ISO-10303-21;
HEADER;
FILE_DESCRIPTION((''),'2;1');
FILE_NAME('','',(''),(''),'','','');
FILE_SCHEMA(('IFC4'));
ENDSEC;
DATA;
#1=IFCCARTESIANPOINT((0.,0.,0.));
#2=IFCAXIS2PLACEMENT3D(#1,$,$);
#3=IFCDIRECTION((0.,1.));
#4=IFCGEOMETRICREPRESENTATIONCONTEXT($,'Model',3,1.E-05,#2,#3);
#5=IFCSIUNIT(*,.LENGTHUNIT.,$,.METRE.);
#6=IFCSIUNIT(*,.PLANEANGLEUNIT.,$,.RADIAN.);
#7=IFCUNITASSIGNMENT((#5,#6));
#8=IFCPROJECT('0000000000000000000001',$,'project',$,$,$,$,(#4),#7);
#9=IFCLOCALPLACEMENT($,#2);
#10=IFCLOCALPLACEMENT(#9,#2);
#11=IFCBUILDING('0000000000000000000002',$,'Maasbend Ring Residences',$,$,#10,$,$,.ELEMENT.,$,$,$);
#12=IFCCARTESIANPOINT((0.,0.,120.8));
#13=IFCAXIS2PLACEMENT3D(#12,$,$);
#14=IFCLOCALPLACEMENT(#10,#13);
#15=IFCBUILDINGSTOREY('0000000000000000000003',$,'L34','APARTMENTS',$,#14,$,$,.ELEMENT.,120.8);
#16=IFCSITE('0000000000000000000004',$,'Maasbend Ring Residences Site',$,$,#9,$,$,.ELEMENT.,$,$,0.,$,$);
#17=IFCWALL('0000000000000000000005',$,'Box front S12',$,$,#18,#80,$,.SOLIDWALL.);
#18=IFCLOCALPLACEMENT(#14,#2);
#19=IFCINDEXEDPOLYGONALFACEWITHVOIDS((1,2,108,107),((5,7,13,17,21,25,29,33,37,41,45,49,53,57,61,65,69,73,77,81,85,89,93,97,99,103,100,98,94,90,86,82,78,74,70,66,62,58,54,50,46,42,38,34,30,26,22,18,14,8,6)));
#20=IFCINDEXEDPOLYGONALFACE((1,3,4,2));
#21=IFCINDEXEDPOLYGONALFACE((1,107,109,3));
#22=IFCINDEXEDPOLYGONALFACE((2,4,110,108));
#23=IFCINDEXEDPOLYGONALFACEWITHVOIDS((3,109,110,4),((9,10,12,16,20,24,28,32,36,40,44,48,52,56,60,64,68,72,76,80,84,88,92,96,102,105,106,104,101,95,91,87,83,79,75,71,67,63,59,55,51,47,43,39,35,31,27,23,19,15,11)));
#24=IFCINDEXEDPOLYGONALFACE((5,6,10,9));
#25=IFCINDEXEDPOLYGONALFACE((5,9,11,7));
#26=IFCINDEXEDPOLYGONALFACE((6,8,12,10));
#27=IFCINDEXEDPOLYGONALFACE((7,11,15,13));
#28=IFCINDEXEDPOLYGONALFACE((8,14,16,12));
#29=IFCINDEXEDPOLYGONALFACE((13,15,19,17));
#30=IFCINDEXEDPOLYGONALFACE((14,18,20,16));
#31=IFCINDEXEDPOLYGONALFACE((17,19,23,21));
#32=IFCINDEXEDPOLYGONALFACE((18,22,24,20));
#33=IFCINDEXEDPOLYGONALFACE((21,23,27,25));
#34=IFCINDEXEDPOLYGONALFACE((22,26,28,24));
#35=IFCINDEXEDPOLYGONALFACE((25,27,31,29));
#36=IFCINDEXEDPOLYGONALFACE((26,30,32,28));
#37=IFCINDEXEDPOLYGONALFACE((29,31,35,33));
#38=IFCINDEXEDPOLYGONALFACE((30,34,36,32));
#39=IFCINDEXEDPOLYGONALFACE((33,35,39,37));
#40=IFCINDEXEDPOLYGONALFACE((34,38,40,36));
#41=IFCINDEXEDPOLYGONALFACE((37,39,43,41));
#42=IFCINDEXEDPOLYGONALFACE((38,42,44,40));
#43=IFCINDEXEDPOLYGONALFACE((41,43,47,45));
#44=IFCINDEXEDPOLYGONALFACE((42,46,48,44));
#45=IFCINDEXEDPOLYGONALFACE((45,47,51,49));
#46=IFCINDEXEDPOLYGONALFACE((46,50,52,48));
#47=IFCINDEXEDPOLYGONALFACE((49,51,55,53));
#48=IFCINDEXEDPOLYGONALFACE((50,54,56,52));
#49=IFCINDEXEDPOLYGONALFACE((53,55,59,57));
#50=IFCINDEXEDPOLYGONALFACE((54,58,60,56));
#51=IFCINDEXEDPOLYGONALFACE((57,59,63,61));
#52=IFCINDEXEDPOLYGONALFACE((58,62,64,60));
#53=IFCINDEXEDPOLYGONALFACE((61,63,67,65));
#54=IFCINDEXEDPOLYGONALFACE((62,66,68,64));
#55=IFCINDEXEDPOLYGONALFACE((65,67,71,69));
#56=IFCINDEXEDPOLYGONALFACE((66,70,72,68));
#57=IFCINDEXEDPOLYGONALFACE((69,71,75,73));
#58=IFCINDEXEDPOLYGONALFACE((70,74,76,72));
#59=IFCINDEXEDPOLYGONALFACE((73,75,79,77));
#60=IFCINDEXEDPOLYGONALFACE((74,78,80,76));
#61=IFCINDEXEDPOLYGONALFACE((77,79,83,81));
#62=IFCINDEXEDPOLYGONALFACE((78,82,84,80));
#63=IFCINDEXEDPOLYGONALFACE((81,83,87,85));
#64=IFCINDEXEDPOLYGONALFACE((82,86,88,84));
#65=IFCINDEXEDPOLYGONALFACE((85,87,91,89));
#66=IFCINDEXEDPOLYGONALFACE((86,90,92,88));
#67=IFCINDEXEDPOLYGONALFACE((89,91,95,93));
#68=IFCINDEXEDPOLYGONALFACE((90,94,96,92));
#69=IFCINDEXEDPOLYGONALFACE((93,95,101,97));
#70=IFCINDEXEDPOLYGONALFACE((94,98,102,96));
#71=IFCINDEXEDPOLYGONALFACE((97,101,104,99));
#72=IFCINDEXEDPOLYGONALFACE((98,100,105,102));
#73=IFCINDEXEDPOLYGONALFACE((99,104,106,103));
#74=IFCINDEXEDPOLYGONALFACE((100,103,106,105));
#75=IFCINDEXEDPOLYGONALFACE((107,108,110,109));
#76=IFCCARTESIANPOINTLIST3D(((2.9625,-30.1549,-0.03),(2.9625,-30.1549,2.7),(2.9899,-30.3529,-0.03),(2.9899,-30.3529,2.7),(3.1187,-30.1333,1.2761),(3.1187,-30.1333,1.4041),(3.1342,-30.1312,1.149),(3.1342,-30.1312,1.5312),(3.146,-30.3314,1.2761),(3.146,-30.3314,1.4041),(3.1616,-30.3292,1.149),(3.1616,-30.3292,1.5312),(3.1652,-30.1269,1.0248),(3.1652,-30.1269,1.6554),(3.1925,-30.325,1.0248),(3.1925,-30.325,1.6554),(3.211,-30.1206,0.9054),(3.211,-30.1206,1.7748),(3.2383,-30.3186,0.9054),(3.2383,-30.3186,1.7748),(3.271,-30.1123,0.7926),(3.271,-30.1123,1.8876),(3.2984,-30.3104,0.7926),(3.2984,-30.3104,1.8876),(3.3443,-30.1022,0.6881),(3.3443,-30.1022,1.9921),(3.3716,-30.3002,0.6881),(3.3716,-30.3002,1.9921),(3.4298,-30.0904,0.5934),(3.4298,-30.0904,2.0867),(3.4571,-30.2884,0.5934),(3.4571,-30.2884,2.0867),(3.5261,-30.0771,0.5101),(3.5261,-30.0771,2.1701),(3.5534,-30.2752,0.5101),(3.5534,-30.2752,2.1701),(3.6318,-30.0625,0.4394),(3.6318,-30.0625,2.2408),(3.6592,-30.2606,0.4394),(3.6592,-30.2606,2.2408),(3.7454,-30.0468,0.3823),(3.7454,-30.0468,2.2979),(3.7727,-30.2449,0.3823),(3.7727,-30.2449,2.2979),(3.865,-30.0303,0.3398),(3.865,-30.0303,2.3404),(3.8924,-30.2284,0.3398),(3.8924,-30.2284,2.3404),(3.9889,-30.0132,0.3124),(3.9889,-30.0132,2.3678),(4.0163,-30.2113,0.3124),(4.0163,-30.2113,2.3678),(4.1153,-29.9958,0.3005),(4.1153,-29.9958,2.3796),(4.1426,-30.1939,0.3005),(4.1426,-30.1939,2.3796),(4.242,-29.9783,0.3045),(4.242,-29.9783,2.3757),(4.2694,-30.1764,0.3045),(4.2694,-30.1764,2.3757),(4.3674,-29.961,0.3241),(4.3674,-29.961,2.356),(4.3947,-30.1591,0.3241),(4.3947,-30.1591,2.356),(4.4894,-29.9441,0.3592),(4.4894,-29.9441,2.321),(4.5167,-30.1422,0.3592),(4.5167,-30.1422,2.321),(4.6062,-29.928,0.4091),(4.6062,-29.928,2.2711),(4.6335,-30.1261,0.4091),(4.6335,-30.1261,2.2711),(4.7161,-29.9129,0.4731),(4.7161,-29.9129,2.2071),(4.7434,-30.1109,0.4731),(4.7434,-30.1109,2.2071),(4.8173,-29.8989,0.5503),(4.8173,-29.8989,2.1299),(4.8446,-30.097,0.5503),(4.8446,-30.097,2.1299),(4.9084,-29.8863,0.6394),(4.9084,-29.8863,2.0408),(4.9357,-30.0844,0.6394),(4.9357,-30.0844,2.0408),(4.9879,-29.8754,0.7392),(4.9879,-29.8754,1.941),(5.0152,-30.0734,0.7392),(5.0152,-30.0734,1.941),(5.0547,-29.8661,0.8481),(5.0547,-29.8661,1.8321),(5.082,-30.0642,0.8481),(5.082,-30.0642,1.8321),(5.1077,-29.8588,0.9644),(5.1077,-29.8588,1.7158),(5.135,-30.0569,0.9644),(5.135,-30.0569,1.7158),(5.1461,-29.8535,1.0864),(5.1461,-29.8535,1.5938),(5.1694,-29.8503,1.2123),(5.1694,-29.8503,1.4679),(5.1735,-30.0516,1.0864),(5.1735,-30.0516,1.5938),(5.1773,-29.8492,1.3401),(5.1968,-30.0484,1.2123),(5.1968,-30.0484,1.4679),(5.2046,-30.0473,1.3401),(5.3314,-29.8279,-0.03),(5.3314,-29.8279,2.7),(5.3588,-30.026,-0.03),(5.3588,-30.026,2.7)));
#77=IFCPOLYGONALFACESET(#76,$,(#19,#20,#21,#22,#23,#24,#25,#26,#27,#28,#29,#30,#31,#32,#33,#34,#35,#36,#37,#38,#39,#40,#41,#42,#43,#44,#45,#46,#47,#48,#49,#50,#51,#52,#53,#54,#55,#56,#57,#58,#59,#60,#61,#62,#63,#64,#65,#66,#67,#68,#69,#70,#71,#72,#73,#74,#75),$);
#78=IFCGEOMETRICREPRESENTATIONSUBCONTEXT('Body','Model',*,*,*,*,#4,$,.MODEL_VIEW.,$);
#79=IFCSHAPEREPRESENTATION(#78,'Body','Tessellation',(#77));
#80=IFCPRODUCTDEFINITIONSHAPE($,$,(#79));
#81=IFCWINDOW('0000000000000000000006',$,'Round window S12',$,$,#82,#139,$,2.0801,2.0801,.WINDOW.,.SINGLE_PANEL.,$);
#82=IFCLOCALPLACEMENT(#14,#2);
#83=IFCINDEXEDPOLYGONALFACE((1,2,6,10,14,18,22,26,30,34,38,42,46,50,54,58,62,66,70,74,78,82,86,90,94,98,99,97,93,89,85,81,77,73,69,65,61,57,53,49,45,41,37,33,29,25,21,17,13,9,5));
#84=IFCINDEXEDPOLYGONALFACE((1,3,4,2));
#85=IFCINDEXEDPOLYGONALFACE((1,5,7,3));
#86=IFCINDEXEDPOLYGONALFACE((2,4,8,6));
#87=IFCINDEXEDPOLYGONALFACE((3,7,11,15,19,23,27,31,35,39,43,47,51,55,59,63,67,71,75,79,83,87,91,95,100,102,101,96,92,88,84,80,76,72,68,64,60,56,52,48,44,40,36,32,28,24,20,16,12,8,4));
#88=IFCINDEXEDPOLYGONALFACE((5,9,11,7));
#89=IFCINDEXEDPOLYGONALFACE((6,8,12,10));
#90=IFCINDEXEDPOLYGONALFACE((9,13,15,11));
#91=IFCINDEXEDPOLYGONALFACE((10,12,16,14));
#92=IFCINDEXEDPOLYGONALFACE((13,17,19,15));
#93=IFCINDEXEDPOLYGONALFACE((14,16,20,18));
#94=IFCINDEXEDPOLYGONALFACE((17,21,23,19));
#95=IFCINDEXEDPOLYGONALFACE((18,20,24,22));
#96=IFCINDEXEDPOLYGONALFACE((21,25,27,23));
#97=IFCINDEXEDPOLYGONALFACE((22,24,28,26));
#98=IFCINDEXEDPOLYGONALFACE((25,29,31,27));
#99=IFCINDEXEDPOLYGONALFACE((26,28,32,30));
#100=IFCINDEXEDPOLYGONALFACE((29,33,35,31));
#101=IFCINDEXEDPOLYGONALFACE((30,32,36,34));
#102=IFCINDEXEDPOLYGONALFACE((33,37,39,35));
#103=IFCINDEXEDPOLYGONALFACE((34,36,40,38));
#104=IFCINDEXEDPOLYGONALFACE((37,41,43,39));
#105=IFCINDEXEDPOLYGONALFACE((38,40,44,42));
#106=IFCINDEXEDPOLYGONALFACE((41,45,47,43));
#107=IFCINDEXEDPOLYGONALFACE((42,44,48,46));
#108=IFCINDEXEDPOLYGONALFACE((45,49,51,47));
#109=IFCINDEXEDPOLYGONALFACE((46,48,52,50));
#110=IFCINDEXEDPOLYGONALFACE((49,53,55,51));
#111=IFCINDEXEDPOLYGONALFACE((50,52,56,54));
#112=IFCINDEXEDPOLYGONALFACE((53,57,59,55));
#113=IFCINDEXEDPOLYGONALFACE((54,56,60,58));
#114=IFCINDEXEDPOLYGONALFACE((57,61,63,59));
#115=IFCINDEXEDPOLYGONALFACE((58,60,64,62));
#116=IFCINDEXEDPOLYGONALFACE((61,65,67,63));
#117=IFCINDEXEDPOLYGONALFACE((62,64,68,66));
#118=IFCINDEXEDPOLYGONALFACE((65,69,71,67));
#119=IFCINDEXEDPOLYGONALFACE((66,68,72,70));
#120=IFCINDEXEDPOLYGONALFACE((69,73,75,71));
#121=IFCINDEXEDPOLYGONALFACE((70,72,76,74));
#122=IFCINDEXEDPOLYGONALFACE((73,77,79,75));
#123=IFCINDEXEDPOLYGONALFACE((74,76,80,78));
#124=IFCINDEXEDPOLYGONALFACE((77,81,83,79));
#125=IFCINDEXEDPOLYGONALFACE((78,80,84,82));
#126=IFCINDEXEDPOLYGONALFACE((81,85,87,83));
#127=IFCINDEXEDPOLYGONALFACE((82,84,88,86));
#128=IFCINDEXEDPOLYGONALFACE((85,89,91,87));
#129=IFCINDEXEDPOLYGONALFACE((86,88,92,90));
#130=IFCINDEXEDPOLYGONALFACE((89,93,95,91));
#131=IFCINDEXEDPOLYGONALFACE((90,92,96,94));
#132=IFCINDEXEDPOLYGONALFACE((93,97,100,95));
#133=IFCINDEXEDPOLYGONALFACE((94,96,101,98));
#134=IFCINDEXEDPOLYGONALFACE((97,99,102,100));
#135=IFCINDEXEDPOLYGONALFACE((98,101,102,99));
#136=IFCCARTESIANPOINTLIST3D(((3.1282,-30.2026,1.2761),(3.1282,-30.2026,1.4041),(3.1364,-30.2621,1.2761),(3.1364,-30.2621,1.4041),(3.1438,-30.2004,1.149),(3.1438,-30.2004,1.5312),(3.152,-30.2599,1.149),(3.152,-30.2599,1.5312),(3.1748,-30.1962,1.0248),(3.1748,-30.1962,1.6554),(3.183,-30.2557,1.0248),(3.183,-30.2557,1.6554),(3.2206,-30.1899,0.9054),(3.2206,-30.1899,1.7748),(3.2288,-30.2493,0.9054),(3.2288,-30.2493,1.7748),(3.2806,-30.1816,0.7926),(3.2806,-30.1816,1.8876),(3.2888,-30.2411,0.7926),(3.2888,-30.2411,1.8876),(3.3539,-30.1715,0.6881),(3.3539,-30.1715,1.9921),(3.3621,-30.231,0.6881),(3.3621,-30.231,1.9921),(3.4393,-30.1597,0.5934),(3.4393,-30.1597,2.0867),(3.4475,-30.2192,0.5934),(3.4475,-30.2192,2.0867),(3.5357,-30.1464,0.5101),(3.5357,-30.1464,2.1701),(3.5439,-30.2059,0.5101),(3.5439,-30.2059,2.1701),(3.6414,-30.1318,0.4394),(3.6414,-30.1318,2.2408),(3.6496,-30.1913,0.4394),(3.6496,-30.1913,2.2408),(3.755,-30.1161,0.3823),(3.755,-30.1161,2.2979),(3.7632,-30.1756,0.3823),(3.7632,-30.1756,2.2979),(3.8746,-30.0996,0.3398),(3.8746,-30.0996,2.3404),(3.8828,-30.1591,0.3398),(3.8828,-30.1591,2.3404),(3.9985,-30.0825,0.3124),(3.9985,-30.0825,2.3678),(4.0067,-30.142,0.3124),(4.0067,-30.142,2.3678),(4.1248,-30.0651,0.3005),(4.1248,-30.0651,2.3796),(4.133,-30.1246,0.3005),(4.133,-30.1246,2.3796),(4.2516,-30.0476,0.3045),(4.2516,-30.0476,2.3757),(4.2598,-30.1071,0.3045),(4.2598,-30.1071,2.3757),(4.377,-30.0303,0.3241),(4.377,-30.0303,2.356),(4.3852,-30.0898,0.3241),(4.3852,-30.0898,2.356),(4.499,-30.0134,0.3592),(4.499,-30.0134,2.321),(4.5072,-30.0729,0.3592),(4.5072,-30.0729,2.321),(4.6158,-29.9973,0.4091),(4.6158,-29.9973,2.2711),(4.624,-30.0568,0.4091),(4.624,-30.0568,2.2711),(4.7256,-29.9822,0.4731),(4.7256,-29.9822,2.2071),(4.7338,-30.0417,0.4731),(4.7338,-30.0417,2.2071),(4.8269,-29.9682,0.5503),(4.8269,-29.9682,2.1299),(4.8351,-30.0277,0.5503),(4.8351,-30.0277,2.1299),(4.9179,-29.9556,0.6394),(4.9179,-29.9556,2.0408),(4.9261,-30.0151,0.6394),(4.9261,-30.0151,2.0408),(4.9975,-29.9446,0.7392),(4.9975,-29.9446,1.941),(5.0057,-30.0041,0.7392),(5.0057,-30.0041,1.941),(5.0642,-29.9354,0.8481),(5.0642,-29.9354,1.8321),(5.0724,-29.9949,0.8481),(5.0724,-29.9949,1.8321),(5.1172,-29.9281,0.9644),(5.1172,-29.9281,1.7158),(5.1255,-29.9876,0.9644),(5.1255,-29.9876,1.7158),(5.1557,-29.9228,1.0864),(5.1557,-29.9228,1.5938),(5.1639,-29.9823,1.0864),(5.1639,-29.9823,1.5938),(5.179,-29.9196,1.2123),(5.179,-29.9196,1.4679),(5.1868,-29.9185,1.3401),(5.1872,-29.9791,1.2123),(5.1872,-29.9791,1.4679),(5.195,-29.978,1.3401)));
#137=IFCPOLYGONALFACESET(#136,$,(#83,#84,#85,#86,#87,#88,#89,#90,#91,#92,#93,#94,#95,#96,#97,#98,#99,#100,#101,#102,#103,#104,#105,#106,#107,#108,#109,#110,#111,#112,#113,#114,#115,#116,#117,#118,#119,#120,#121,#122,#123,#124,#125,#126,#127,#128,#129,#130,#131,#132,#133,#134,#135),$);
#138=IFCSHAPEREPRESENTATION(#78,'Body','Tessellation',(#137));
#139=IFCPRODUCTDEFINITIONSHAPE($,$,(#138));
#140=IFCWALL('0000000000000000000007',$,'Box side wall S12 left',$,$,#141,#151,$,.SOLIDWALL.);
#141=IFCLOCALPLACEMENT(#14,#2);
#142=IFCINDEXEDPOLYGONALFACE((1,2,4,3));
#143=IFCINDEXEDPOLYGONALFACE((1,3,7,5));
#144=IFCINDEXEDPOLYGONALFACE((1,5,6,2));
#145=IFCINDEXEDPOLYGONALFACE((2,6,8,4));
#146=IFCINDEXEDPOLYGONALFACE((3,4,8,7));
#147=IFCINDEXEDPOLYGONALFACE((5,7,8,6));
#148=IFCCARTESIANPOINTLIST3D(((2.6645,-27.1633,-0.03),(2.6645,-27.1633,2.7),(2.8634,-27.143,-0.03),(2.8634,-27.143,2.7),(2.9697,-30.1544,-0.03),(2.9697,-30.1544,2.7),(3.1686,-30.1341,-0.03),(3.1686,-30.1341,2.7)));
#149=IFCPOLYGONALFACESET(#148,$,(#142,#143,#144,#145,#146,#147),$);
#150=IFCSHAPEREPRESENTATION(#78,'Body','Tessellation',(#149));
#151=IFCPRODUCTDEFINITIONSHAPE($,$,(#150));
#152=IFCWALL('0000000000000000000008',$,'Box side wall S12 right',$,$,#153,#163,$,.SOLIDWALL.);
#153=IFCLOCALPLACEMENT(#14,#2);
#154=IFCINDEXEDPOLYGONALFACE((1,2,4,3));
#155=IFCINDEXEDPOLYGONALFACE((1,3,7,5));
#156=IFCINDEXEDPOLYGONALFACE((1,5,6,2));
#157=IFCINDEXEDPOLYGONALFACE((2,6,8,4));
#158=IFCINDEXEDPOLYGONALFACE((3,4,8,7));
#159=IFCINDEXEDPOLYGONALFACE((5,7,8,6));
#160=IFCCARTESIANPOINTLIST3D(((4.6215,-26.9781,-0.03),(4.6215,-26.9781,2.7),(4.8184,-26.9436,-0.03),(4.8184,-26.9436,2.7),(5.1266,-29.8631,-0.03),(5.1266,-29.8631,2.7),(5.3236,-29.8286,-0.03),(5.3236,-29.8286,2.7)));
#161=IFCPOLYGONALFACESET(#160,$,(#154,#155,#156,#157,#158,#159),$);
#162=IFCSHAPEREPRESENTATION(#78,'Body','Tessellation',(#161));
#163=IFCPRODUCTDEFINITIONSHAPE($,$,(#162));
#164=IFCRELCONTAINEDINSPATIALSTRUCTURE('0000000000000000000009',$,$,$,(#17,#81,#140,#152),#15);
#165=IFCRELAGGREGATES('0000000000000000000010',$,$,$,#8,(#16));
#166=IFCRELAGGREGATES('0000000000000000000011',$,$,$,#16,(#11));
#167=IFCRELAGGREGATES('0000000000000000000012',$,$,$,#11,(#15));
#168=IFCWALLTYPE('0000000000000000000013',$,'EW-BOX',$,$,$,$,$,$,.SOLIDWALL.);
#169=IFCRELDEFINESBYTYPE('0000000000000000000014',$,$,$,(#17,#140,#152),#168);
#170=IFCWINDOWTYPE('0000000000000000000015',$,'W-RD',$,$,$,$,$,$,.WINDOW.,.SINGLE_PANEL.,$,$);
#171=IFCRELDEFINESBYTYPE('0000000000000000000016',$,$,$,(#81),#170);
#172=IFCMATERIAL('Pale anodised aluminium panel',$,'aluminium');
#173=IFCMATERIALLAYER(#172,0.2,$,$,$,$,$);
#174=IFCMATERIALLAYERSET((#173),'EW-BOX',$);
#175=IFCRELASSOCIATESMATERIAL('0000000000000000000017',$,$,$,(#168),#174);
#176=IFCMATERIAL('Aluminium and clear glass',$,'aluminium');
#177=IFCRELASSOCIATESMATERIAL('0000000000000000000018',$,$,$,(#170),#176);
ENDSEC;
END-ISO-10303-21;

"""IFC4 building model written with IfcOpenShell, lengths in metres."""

from ifc_helpers import new_model, si_unit, direction, frame, frame_2d, origin, place, context, subcontext, project, spatial, rectangle, circle, extrude, material, layer, layer_set, type_object, element, fill, save


model = new_model("IFC4")

# Units and contexts
model_context = context("Model", 3, precision=1e-05, world=origin(), true_north=direction((0.0, 1.0)))
body_context = subcontext(model_context, "Body", "Model", "MODEL_VIEW")
ifc_project = project(units=[si_unit("LENGTHUNIT", "METRE"), si_unit("PLANEANGLEUNIT", "RADIAN")], contexts=[model_context])

# Site, building, storey
site_placement = place(None, origin())
site = spatial("IfcSite", under=ifc_project, at=site_placement, Name="Maasbend Ring Residences Site", CompositionType="ELEMENT", RefElevation=0.0)
building_placement = place(site_placement, origin())
building = spatial("IfcBuilding", under=site, at=building_placement, Name="Maasbend Ring Residences", CompositionType="ELEMENT")
storey_placement = place(building_placement, frame((0.0, 0.0, 120.8)))
storey = spatial("IfcBuildingStorey", under=building, at=storey_placement, Name="L34", Description="APARTMENTS", CompositionType="ELEMENT", Elevation=120.8)

# Wall, opening, window
ifc_material_1 = material(Name="Pale anodised aluminium panel", Category="aluminium")
ifc_layer_1 = layer(ifc_material_1, 0.2)
ifc_layer_set_1 = layer_set([ifc_layer_1], Name="EW-BOX")
wall_type_1 = type_object("IfcWallType", Name="EW-BOX", PredefinedType="SOLIDWALL", material=ifc_layer_set_1)
wall_1_placement = place(storey_placement, frame((2.9761, -30.2539, -0.03), z_axis=(0.0, 0.0, 1.0), x_axis=(0.990612, 0.136703, 0.0)))
wall_1 = element("IfcWall", 1, at=wall_1_placement, inside=storey, type_object=wall_type_1, Name="Box front S12", PredefinedType="SOLIDWALL", context=body_context, shape_type="SweptSolid", body=[
    extrude(rectangle(XDim=2.3914, YDim=0.2, at=frame_2d((1.1958, 0.0))), origin(), (0.0, 0.0, 1.0), 2.73),
])
opening_1_placement = place(wall_1_placement, frame((0.1558, 0.0, 0.3301)))
opening_1 = element("IfcOpeningElement", 2, at=opening_1_placement, cuts=wall_1, PredefinedType="OPENING", context=body_context, shape_type="SweptSolid", body=[
    extrude(circle(Radius=1.04, at=frame_2d((1.04, 1.04))), frame((0.0, 0.1099, 0.0), z_axis=(0.0, -1.0, 0.0), x_axis=(1.0, 0.0, 0.0)), (0.0, 0.0, 1.0), 0.22),
])
ifc_material_2 = material(Name="Aluminium and clear glass", Category="aluminium")
window_type_1 = type_object("IfcWindowType", Name="W-RD", PartitioningType="SINGLE_PANEL", PredefinedType="WINDOW", material=ifc_material_2)
window_1_placement = place(opening_1_placement, origin())
window_1 = element("IfcWindow", 3, at=window_1_placement, inside=storey, type_object=window_type_1, Name="Round window S12", OverallHeight=2.0801, OverallWidth=2.0801, PartitioningType="SINGLE_PANEL", PredefinedType="WINDOW", context=body_context, shape_type="SweptSolid", body=[
    extrude(circle(Radius=1.04, at=frame_2d((1.04, 1.04))), frame((0.0, 0.03, 0.0), z_axis=(0.0, -1.0, 0.0), x_axis=(1.0, 0.0, 0.0)), (0.0, 0.0, 1.0), 0.0601),
])
fill(opening_1, window_1)

# Walls
wall_2_placement = place(storey_placement, frame((2.7639, -27.1531, -0.03), z_axis=(0.0, 0.0, 1.0), x_axis=(0.101505, -0.994835, 0.0)))
element("IfcWall", 4, at=wall_2_placement, inside=storey, type_object=wall_type_1, Name="Box side wall S12 left", PredefinedType="SOLIDWALL", context=body_context, shape_type="SweptSolid", body=[
    extrude(rectangle(XDim=3.0066, YDim=0.2, at=frame_2d((1.5034, 0.0))), origin(), (0.0, 0.0, 1.0), 2.73),
])
wall_3_placement = place(storey_placement, frame((4.72, -26.9609, -0.03), z_axis=(0.0, 0.0, 1.0), x_axis=(0.172463, -0.985016, 0.0)))
element("IfcWall", 5, at=wall_3_placement, inside=storey, type_object=wall_type_1, Name="Box side wall S12 right", PredefinedType="SOLIDWALL", context=body_context, shape_type="SweptSolid", body=[
    extrude(rectangle(XDim=2.929, YDim=0.2, at=frame_2d((1.4644, 0.0))), origin(), (0.0, 0.0, 1.0), 2.73),
])

save(model, "model.ifc")
